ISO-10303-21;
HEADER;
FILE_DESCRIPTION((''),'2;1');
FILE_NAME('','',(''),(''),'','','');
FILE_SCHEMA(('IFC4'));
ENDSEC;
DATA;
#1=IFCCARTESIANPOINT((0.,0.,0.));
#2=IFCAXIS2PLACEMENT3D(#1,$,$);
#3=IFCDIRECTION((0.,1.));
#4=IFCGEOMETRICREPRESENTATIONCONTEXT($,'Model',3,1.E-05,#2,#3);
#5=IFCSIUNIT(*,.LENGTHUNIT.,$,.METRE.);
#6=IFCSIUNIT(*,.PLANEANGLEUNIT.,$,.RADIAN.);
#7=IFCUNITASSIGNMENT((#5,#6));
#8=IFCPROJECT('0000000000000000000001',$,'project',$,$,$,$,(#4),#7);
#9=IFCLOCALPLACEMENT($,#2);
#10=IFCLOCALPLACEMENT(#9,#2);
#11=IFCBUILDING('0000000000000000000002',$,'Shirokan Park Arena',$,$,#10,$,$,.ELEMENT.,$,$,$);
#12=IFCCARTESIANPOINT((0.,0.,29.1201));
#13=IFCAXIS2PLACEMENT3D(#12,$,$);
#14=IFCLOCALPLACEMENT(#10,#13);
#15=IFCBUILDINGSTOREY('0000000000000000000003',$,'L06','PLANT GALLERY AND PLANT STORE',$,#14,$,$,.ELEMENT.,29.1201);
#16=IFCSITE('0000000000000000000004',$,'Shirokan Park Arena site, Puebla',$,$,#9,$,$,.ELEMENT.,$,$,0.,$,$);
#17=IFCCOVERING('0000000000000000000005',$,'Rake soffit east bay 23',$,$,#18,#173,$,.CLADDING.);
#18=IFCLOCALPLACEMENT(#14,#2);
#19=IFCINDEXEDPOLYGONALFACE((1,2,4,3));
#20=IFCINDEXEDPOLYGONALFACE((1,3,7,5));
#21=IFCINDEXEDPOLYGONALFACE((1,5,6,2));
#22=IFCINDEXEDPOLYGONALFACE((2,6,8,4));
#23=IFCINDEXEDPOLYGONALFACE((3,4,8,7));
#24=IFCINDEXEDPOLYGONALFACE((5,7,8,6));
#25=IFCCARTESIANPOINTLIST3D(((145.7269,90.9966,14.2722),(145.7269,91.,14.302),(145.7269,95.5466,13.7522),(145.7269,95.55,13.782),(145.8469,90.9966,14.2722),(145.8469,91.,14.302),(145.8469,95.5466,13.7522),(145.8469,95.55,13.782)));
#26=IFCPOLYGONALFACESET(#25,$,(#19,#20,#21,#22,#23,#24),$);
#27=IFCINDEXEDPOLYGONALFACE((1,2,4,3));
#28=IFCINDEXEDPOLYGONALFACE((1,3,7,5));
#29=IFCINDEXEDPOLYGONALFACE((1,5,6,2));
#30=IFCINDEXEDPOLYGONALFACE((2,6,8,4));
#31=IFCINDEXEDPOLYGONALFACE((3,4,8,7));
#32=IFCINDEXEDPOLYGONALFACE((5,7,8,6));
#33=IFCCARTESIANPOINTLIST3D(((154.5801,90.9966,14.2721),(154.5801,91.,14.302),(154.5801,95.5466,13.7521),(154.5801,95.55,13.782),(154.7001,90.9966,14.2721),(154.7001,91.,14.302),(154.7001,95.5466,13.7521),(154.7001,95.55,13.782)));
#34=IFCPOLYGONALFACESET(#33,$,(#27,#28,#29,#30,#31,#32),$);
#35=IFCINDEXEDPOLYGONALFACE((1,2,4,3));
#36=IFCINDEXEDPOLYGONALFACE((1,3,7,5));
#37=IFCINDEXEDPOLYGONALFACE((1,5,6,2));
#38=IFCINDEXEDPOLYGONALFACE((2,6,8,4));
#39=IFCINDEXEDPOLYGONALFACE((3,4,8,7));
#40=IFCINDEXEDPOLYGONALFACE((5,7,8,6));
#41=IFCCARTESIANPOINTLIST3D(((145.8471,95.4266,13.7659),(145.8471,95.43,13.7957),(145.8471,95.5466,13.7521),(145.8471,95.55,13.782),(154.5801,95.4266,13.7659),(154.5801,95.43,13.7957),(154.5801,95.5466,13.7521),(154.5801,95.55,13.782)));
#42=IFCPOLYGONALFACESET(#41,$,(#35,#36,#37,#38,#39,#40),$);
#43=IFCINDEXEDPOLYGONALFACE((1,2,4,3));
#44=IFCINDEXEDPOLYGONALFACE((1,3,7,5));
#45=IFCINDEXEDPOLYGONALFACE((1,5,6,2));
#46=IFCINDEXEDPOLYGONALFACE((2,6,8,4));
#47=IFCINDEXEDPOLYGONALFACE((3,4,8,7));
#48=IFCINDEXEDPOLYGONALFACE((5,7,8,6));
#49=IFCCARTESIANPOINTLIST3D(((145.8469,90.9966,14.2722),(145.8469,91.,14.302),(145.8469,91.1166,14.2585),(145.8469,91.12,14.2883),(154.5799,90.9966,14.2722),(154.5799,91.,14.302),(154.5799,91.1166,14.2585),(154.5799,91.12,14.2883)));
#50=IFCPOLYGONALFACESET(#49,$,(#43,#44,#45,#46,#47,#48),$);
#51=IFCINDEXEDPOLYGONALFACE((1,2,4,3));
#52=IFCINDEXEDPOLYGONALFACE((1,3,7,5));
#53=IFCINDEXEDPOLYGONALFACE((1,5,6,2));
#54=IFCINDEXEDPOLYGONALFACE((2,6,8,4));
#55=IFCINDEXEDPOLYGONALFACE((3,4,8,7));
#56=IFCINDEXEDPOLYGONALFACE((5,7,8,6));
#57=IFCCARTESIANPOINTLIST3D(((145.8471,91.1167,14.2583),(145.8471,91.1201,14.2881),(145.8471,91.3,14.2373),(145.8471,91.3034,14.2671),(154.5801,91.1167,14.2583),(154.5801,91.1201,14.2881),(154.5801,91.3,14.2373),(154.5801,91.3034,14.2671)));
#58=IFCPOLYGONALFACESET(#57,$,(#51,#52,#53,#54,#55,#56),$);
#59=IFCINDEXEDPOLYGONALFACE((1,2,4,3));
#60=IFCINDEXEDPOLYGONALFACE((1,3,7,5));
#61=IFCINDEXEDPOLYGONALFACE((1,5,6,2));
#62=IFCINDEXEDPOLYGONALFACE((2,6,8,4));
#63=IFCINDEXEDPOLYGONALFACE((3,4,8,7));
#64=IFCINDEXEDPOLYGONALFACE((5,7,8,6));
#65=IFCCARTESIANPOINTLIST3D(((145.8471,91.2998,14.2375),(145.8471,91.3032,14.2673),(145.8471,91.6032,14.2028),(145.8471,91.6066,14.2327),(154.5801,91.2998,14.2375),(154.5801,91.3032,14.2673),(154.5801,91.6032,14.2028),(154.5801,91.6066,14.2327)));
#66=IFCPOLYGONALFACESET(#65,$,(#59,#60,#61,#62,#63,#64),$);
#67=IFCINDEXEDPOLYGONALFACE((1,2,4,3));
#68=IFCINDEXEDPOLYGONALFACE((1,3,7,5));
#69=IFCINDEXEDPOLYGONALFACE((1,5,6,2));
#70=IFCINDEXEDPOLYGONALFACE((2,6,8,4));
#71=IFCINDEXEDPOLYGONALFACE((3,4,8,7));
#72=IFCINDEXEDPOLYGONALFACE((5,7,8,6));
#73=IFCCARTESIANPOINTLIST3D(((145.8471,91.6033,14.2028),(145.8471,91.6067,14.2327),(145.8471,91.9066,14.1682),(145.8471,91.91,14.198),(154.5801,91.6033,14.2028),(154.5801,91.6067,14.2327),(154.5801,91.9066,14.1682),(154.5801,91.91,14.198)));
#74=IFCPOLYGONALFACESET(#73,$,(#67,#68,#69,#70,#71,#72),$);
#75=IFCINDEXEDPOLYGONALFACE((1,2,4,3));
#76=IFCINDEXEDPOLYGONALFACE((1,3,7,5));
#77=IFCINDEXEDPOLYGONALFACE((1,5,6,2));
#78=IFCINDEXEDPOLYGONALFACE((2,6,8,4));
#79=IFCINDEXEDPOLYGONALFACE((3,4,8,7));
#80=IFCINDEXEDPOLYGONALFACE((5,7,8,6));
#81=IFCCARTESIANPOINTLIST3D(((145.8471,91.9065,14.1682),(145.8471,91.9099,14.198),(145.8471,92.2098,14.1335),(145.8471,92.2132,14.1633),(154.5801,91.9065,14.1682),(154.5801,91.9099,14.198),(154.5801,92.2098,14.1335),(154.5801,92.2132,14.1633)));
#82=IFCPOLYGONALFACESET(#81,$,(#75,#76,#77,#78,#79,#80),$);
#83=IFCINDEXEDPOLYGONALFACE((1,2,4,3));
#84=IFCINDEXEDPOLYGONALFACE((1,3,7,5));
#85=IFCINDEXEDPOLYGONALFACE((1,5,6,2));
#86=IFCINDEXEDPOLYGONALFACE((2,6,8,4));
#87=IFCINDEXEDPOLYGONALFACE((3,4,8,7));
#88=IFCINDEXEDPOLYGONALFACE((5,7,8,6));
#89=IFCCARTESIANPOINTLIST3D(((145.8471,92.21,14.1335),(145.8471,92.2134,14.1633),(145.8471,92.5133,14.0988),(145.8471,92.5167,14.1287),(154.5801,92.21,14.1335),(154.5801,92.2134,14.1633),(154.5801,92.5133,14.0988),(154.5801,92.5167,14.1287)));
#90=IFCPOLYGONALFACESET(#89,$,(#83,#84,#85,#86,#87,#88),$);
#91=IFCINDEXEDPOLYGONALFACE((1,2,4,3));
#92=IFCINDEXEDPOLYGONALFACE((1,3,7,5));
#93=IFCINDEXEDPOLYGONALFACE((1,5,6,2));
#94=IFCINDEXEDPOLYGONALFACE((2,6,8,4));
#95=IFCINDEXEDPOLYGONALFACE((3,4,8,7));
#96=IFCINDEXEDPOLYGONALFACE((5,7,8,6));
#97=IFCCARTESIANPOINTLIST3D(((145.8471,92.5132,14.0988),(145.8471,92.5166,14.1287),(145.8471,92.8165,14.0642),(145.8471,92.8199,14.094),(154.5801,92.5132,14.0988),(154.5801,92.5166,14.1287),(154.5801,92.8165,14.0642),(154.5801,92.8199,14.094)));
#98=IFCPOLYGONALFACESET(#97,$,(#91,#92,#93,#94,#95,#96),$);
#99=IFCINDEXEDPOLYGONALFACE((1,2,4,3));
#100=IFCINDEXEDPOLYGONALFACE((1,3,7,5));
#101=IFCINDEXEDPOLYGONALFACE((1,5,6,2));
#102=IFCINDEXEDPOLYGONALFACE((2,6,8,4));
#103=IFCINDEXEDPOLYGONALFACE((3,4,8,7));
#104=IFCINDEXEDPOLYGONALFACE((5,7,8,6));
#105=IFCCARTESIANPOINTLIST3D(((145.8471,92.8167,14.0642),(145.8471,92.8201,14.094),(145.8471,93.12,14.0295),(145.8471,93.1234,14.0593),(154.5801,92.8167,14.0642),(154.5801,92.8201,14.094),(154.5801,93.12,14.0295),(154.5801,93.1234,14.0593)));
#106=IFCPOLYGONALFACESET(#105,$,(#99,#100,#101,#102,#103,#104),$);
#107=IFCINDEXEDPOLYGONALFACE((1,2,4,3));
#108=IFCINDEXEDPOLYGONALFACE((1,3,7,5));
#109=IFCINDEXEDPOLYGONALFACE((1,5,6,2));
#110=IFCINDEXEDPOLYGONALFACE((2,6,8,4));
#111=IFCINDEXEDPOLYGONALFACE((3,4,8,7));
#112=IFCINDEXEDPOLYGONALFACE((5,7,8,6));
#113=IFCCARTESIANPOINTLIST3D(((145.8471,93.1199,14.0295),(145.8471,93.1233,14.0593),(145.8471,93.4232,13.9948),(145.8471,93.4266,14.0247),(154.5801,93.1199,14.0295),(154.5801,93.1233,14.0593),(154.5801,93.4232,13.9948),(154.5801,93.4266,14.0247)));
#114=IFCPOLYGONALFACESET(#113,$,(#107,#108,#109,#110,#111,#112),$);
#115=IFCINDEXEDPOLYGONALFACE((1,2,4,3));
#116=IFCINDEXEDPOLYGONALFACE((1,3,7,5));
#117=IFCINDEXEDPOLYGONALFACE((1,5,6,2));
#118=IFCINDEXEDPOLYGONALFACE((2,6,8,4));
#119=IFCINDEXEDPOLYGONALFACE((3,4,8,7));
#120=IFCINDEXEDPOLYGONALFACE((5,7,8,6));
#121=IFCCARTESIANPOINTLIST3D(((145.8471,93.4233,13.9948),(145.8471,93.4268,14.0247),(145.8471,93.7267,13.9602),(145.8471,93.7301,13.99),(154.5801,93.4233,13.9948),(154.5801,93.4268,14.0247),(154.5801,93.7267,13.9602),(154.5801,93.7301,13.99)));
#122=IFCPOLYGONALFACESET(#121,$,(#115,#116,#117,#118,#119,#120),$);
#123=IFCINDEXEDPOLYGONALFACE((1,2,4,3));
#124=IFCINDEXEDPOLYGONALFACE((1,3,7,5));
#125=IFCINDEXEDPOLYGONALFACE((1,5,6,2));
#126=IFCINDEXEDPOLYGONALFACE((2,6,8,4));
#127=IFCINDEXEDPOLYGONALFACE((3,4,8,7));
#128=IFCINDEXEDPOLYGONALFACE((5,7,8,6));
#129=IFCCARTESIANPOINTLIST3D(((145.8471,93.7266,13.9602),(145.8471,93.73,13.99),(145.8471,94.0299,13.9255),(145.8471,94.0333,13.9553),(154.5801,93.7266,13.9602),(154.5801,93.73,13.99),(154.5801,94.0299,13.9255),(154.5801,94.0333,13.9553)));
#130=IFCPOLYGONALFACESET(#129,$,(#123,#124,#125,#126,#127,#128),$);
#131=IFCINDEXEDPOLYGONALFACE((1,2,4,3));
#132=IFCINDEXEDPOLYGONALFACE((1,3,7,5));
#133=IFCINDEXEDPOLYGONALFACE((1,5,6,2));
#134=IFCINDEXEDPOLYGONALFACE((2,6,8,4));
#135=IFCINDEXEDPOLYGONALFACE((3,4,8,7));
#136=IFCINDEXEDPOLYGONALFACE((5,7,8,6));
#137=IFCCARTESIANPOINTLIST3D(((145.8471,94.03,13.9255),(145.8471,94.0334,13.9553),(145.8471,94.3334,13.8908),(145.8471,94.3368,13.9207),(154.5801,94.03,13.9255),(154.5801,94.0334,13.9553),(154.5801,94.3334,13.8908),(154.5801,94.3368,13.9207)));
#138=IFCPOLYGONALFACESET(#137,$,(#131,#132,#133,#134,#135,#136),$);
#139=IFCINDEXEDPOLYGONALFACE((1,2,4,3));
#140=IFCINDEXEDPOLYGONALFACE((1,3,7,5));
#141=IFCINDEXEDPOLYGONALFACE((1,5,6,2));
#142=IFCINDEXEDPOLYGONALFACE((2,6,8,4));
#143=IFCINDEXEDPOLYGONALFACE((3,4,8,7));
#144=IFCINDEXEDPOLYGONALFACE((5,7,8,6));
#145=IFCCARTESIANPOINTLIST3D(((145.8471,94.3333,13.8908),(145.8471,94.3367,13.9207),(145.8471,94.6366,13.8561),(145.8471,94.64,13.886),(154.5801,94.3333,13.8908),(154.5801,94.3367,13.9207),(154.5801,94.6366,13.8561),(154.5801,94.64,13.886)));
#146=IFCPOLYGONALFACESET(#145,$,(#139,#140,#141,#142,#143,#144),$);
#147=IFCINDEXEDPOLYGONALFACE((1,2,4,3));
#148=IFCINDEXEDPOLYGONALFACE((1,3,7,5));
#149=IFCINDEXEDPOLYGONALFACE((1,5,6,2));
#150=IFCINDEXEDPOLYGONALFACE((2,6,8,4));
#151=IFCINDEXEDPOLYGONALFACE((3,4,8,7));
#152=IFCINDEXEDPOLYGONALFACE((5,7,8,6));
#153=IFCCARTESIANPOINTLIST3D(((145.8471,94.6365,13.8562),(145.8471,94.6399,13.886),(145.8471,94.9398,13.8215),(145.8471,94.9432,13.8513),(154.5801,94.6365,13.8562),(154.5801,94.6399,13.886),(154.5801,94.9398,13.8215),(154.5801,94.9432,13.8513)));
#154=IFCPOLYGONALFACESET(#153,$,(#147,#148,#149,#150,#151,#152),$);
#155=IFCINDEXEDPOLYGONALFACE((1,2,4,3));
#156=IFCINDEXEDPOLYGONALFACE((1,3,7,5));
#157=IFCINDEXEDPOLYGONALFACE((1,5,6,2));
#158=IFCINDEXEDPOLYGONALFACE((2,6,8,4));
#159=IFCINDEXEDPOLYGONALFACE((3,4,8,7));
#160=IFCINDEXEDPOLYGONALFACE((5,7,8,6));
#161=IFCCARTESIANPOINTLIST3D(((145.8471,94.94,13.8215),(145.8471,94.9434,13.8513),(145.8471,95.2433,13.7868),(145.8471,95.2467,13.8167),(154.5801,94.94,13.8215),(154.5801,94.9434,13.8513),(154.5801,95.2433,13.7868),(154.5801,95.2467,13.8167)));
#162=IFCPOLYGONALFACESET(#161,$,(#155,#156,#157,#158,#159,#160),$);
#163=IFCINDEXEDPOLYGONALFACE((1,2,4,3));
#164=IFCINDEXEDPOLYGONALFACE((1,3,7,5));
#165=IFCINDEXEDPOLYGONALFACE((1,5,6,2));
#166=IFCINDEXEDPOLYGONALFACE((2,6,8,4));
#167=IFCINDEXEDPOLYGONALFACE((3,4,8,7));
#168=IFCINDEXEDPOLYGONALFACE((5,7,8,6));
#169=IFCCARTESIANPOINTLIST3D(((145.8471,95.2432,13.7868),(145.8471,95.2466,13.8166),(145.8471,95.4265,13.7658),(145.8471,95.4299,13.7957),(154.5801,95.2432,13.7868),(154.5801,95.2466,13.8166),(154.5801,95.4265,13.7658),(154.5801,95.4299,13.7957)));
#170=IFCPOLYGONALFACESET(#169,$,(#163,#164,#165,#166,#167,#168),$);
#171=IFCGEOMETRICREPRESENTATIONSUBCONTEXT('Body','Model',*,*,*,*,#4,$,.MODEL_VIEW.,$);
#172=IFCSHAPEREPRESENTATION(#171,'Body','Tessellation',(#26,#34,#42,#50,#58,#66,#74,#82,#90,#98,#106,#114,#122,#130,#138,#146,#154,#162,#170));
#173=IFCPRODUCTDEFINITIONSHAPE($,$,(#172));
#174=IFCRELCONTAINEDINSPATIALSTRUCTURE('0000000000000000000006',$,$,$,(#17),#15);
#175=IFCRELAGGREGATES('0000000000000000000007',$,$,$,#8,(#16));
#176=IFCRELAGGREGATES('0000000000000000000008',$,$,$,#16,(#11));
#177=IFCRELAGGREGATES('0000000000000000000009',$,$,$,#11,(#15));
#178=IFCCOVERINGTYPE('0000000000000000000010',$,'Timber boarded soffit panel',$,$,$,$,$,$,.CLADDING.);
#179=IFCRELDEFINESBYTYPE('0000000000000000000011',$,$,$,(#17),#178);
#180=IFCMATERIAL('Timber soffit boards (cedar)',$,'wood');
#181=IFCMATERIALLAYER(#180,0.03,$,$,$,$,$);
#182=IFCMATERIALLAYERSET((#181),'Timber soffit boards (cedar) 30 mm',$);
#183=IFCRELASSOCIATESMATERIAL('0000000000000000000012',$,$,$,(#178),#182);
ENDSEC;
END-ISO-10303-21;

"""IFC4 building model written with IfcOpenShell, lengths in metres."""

from ifc_helpers import new_model, si_unit, direction, frame, origin, place, context, subcontext, project, spatial, polyline, outline, extrude, material, layer, layer_set, type_object, element, save


model = new_model("IFC4")

# Units and contexts
model_context = context("Model", 3, precision=1e-05, world=origin(), true_north=direction((0.0, 1.0)))
body_context = subcontext(model_context, "Body", "Model", "MODEL_VIEW")
ifc_project = project(units=[si_unit("LENGTHUNIT", "METRE"), si_unit("PLANEANGLEUNIT", "RADIAN")], contexts=[model_context])

# Site, building, storey
site_placement = place(None, origin())
site = spatial("IfcSite", under=ifc_project, at=site_placement, Name="Shirokan Park Arena site, Puebla", CompositionType="ELEMENT", RefElevation=0.0)
building_placement = place(site_placement, origin())
building = spatial("IfcBuilding", under=site, at=building_placement, Name="Shirokan Park Arena", CompositionType="ELEMENT")
storey_placement = place(building_placement, frame((0.0, 0.0, 29.1201)))
storey = spatial("IfcBuildingStorey", under=building, at=storey_placement, Name="L06", Description="PLANT GALLERY AND PLANT STORE", CompositionType="ELEMENT", Elevation=29.1201)

# Covering
ifc_material_1 = material(Name="Timber soffit boards (cedar)", Category="wood")
ifc_layer_1 = layer(ifc_material_1, 0.03)
ifc_layer_set_1 = layer_set([ifc_layer_1], Name="Timber soffit boards (cedar) 30 mm")
covering_type_1 = type_object("IfcCoveringType", Name="Timber boarded soffit panel", PredefinedType="CLADDING", material=ifc_layer_set_1)
covering_1_placement = place(storey_placement, origin())
element("IfcCovering", 1, at=covering_1_placement, inside=storey, type_object=covering_type_1, Name="Rake soffit east bay 23", PredefinedType="CLADDING", context=body_context, shape_type="SweptSolid", body=[
    extrude(outline(polyline([(0.0, 0.0), (0.12, 0.0), (0.12, -4.5796), (0.0, -4.5796), (0.0, 0.0)])), frame((145.8469, 91.0, 14.302), z_axis=(0.0, 0.113547, 0.993533), x_axis=(-1.0, 0.0, 0.0)), (0.0, 0.0, -1.0), 0.03),
    extrude(outline(polyline([(0.0, 0.0), (0.12, 0.0), (0.12, -4.5796), (0.0, -4.5796), (0.0, 0.0)])), frame((154.5801, 95.55, 13.782), z_axis=(0.0, 0.113547, 0.993533), x_axis=(1.0, 0.0, 0.0)), (0.0, 0.0, -1.0), 0.03),
    extrude(outline(polyline([(0.0, 0.0), (0.1208, 0.0), (0.1208, -8.733), (0.0, -8.733), (0.0, 0.0)])), frame((154.5801, 95.55, 13.782), z_axis=(0.0, 0.113512, 0.993537), x_axis=(0.0, -0.993537, 0.113512)), (0.0, 0.0, -1.0), 0.03),
    extrude(outline(polyline([(0.0, 0.0), (0.1208, 0.0), (0.1208, -8.733), (0.0, -8.733), (0.0, 0.0)])), frame((145.8469, 91.0, 14.302), z_axis=(0.0, 0.113512, 0.993537), x_axis=(0.0, 0.993537, -0.113512)), (0.0, 0.0, -1.0), 0.03),
    extrude(outline(polyline([(0.0, 0.0), (8.733, 0.0), (8.733, -0.1845), (0.0, -0.1845), (0.0, 0.0)])), frame((154.5801, 91.1201, 14.2881), z_axis=(0.0, 0.113589, 0.993528), x_axis=(-1.0, 0.0, 0.0)), (0.0, 0.0, -1.0), 0.03),
    extrude(outline(polyline([(0.0, 0.0), (8.733, 0.0), (8.733, -0.3053), (0.0, -0.3053), (0.0, 0.0)])), frame((154.5801, 91.3032, 14.2673), z_axis=(0.0, 0.113523, 0.993535), x_axis=(-1.0, 0.0, 0.0)), (0.0, 0.0, -1.0), 0.03),
    extrude(outline(polyline([(0.0, 0.0), (8.733, 0.0), (8.733, -0.3053), (0.0, -0.3053), (0.0, 0.0)])), frame((154.5801, 91.6067, 14.2327), z_axis=(0.0, 0.113559, 0.993531), x_axis=(-1.0, 0.0, 0.0)), (0.0, 0.0, -1.0), 0.03),
    extrude(outline(polyline([(0.0, 0.0), (8.733, 0.0), (8.733, -0.3053), (0.0, -0.3053), (0.0, 0.0)])), frame((154.5801, 91.9099, 14.198), z_axis=(0.0, 0.113559, 0.993531), x_axis=(-1.0, 0.0, 0.0)), (0.0, 0.0, -1.0), 0.03),
    extrude(outline(polyline([(0.0, 0.0), (8.733, 0.0), (8.733, -0.3053), (0.0, -0.3053), (0.0, 0.0)])), frame((154.5801, 92.2134, 14.1633), z_axis=(0.0, 0.113523, 0.993535), x_axis=(-1.0, 0.0, 0.0)), (0.0, 0.0, -1.0), 0.03),
    extrude(outline(polyline([(0.0, 0.0), (8.733, 0.0), (8.733, -0.3053), (0.0, -0.3053), (0.0, 0.0)])), frame((154.5801, 92.5166, 14.1287), z_axis=(0.0, 0.113559, 0.993531), x_axis=(-1.0, 0.0, 0.0)), (0.0, 0.0, -1.0), 0.03),
    extrude(outline(polyline([(0.0, 0.0), (8.733, 0.0), (8.733, -0.3053), (0.0, -0.3053), (0.0, 0.0)])), frame((154.5801, 92.8201, 14.094), z_axis=(0.0, 0.113559, 0.993531), x_axis=(-1.0, 0.0, 0.0)), (0.0, 0.0, -1.0), 0.03),
    extrude(outline(polyline([(0.0, 0.0), (8.733, 0.0), (8.733, -0.3053), (0.0, -0.3053), (0.0, 0.0)])), frame((154.5801, 93.1233, 14.0593), z_axis=(0.0, 0.113523, 0.993535), x_axis=(-1.0, 0.0, 0.0)), (0.0, 0.0, -1.0), 0.03),
    extrude(outline(polyline([(0.0, 0.0), (8.733, 0.0), (8.733, -0.3053), (0.0, -0.3053), (0.0, 0.0)])), frame((154.5801, 93.4268, 14.0247), z_axis=(0.0, 0.113559, 0.993531), x_axis=(-1.0, 0.0, 0.0)), (0.0, 0.0, -1.0), 0.03),
    extrude(outline(polyline([(0.0, 0.0), (8.733, 0.0), (8.733, -0.3053), (0.0, -0.3053), (0.0, 0.0)])), frame((154.5801, 93.73, 13.99), z_axis=(0.0, 0.113559, 0.993531), x_axis=(-1.0, 0.0, 0.0)), (0.0, 0.0, -1.0), 0.03),
    extrude(outline(polyline([(0.0, 0.0), (8.733, 0.0), (8.733, -0.3053), (0.0, -0.3053), (0.0, 0.0)])), frame((154.5801, 94.0334, 13.9553), z_axis=(0.0, 0.113523, 0.993535), x_axis=(-1.0, 0.0, 0.0)), (0.0, 0.0, -1.0), 0.03),
    extrude(outline(polyline([(0.0, 0.0), (8.733, 0.0), (8.733, -0.3053), (0.0, -0.3053), (0.0, 0.0)])), frame((154.5801, 94.3367, 13.9207), z_axis=(0.0, 0.113559, 0.993531), x_axis=(-1.0, 0.0, 0.0)), (0.0, 0.0, -1.0), 0.03),
    extrude(outline(polyline([(0.0, 0.0), (8.733, 0.0), (8.733, -0.3053), (0.0, -0.3053), (0.0, 0.0)])), frame((154.5801, 94.6399, 13.886), z_axis=(0.0, 0.113559, 0.993531), x_axis=(-1.0, 0.0, 0.0)), (0.0, 0.0, -1.0), 0.03),
    extrude(outline(polyline([(0.0, 0.0), (8.733, 0.0), (8.733, -0.3053), (0.0, -0.3053), (0.0, 0.0)])), frame((154.5801, 94.9434, 13.8513), z_axis=(0.0, 0.113523, 0.993535), x_axis=(-1.0, 0.0, 0.0)), (0.0, 0.0, -1.0), 0.03),
    extrude(outline(polyline([(0.0, 0.0), (0.1845, 0.0), (0.1845, -8.733), (0.0, -8.733), (0.0, 0.0)])), frame((154.5801, 95.4299, 13.7957), z_axis=(0.0, 0.113589, 0.993528), x_axis=(0.0, -0.993528, 0.113589)), (0.0, 0.0, -1.0), 0.03),
])

save(model, "model.ifc")
